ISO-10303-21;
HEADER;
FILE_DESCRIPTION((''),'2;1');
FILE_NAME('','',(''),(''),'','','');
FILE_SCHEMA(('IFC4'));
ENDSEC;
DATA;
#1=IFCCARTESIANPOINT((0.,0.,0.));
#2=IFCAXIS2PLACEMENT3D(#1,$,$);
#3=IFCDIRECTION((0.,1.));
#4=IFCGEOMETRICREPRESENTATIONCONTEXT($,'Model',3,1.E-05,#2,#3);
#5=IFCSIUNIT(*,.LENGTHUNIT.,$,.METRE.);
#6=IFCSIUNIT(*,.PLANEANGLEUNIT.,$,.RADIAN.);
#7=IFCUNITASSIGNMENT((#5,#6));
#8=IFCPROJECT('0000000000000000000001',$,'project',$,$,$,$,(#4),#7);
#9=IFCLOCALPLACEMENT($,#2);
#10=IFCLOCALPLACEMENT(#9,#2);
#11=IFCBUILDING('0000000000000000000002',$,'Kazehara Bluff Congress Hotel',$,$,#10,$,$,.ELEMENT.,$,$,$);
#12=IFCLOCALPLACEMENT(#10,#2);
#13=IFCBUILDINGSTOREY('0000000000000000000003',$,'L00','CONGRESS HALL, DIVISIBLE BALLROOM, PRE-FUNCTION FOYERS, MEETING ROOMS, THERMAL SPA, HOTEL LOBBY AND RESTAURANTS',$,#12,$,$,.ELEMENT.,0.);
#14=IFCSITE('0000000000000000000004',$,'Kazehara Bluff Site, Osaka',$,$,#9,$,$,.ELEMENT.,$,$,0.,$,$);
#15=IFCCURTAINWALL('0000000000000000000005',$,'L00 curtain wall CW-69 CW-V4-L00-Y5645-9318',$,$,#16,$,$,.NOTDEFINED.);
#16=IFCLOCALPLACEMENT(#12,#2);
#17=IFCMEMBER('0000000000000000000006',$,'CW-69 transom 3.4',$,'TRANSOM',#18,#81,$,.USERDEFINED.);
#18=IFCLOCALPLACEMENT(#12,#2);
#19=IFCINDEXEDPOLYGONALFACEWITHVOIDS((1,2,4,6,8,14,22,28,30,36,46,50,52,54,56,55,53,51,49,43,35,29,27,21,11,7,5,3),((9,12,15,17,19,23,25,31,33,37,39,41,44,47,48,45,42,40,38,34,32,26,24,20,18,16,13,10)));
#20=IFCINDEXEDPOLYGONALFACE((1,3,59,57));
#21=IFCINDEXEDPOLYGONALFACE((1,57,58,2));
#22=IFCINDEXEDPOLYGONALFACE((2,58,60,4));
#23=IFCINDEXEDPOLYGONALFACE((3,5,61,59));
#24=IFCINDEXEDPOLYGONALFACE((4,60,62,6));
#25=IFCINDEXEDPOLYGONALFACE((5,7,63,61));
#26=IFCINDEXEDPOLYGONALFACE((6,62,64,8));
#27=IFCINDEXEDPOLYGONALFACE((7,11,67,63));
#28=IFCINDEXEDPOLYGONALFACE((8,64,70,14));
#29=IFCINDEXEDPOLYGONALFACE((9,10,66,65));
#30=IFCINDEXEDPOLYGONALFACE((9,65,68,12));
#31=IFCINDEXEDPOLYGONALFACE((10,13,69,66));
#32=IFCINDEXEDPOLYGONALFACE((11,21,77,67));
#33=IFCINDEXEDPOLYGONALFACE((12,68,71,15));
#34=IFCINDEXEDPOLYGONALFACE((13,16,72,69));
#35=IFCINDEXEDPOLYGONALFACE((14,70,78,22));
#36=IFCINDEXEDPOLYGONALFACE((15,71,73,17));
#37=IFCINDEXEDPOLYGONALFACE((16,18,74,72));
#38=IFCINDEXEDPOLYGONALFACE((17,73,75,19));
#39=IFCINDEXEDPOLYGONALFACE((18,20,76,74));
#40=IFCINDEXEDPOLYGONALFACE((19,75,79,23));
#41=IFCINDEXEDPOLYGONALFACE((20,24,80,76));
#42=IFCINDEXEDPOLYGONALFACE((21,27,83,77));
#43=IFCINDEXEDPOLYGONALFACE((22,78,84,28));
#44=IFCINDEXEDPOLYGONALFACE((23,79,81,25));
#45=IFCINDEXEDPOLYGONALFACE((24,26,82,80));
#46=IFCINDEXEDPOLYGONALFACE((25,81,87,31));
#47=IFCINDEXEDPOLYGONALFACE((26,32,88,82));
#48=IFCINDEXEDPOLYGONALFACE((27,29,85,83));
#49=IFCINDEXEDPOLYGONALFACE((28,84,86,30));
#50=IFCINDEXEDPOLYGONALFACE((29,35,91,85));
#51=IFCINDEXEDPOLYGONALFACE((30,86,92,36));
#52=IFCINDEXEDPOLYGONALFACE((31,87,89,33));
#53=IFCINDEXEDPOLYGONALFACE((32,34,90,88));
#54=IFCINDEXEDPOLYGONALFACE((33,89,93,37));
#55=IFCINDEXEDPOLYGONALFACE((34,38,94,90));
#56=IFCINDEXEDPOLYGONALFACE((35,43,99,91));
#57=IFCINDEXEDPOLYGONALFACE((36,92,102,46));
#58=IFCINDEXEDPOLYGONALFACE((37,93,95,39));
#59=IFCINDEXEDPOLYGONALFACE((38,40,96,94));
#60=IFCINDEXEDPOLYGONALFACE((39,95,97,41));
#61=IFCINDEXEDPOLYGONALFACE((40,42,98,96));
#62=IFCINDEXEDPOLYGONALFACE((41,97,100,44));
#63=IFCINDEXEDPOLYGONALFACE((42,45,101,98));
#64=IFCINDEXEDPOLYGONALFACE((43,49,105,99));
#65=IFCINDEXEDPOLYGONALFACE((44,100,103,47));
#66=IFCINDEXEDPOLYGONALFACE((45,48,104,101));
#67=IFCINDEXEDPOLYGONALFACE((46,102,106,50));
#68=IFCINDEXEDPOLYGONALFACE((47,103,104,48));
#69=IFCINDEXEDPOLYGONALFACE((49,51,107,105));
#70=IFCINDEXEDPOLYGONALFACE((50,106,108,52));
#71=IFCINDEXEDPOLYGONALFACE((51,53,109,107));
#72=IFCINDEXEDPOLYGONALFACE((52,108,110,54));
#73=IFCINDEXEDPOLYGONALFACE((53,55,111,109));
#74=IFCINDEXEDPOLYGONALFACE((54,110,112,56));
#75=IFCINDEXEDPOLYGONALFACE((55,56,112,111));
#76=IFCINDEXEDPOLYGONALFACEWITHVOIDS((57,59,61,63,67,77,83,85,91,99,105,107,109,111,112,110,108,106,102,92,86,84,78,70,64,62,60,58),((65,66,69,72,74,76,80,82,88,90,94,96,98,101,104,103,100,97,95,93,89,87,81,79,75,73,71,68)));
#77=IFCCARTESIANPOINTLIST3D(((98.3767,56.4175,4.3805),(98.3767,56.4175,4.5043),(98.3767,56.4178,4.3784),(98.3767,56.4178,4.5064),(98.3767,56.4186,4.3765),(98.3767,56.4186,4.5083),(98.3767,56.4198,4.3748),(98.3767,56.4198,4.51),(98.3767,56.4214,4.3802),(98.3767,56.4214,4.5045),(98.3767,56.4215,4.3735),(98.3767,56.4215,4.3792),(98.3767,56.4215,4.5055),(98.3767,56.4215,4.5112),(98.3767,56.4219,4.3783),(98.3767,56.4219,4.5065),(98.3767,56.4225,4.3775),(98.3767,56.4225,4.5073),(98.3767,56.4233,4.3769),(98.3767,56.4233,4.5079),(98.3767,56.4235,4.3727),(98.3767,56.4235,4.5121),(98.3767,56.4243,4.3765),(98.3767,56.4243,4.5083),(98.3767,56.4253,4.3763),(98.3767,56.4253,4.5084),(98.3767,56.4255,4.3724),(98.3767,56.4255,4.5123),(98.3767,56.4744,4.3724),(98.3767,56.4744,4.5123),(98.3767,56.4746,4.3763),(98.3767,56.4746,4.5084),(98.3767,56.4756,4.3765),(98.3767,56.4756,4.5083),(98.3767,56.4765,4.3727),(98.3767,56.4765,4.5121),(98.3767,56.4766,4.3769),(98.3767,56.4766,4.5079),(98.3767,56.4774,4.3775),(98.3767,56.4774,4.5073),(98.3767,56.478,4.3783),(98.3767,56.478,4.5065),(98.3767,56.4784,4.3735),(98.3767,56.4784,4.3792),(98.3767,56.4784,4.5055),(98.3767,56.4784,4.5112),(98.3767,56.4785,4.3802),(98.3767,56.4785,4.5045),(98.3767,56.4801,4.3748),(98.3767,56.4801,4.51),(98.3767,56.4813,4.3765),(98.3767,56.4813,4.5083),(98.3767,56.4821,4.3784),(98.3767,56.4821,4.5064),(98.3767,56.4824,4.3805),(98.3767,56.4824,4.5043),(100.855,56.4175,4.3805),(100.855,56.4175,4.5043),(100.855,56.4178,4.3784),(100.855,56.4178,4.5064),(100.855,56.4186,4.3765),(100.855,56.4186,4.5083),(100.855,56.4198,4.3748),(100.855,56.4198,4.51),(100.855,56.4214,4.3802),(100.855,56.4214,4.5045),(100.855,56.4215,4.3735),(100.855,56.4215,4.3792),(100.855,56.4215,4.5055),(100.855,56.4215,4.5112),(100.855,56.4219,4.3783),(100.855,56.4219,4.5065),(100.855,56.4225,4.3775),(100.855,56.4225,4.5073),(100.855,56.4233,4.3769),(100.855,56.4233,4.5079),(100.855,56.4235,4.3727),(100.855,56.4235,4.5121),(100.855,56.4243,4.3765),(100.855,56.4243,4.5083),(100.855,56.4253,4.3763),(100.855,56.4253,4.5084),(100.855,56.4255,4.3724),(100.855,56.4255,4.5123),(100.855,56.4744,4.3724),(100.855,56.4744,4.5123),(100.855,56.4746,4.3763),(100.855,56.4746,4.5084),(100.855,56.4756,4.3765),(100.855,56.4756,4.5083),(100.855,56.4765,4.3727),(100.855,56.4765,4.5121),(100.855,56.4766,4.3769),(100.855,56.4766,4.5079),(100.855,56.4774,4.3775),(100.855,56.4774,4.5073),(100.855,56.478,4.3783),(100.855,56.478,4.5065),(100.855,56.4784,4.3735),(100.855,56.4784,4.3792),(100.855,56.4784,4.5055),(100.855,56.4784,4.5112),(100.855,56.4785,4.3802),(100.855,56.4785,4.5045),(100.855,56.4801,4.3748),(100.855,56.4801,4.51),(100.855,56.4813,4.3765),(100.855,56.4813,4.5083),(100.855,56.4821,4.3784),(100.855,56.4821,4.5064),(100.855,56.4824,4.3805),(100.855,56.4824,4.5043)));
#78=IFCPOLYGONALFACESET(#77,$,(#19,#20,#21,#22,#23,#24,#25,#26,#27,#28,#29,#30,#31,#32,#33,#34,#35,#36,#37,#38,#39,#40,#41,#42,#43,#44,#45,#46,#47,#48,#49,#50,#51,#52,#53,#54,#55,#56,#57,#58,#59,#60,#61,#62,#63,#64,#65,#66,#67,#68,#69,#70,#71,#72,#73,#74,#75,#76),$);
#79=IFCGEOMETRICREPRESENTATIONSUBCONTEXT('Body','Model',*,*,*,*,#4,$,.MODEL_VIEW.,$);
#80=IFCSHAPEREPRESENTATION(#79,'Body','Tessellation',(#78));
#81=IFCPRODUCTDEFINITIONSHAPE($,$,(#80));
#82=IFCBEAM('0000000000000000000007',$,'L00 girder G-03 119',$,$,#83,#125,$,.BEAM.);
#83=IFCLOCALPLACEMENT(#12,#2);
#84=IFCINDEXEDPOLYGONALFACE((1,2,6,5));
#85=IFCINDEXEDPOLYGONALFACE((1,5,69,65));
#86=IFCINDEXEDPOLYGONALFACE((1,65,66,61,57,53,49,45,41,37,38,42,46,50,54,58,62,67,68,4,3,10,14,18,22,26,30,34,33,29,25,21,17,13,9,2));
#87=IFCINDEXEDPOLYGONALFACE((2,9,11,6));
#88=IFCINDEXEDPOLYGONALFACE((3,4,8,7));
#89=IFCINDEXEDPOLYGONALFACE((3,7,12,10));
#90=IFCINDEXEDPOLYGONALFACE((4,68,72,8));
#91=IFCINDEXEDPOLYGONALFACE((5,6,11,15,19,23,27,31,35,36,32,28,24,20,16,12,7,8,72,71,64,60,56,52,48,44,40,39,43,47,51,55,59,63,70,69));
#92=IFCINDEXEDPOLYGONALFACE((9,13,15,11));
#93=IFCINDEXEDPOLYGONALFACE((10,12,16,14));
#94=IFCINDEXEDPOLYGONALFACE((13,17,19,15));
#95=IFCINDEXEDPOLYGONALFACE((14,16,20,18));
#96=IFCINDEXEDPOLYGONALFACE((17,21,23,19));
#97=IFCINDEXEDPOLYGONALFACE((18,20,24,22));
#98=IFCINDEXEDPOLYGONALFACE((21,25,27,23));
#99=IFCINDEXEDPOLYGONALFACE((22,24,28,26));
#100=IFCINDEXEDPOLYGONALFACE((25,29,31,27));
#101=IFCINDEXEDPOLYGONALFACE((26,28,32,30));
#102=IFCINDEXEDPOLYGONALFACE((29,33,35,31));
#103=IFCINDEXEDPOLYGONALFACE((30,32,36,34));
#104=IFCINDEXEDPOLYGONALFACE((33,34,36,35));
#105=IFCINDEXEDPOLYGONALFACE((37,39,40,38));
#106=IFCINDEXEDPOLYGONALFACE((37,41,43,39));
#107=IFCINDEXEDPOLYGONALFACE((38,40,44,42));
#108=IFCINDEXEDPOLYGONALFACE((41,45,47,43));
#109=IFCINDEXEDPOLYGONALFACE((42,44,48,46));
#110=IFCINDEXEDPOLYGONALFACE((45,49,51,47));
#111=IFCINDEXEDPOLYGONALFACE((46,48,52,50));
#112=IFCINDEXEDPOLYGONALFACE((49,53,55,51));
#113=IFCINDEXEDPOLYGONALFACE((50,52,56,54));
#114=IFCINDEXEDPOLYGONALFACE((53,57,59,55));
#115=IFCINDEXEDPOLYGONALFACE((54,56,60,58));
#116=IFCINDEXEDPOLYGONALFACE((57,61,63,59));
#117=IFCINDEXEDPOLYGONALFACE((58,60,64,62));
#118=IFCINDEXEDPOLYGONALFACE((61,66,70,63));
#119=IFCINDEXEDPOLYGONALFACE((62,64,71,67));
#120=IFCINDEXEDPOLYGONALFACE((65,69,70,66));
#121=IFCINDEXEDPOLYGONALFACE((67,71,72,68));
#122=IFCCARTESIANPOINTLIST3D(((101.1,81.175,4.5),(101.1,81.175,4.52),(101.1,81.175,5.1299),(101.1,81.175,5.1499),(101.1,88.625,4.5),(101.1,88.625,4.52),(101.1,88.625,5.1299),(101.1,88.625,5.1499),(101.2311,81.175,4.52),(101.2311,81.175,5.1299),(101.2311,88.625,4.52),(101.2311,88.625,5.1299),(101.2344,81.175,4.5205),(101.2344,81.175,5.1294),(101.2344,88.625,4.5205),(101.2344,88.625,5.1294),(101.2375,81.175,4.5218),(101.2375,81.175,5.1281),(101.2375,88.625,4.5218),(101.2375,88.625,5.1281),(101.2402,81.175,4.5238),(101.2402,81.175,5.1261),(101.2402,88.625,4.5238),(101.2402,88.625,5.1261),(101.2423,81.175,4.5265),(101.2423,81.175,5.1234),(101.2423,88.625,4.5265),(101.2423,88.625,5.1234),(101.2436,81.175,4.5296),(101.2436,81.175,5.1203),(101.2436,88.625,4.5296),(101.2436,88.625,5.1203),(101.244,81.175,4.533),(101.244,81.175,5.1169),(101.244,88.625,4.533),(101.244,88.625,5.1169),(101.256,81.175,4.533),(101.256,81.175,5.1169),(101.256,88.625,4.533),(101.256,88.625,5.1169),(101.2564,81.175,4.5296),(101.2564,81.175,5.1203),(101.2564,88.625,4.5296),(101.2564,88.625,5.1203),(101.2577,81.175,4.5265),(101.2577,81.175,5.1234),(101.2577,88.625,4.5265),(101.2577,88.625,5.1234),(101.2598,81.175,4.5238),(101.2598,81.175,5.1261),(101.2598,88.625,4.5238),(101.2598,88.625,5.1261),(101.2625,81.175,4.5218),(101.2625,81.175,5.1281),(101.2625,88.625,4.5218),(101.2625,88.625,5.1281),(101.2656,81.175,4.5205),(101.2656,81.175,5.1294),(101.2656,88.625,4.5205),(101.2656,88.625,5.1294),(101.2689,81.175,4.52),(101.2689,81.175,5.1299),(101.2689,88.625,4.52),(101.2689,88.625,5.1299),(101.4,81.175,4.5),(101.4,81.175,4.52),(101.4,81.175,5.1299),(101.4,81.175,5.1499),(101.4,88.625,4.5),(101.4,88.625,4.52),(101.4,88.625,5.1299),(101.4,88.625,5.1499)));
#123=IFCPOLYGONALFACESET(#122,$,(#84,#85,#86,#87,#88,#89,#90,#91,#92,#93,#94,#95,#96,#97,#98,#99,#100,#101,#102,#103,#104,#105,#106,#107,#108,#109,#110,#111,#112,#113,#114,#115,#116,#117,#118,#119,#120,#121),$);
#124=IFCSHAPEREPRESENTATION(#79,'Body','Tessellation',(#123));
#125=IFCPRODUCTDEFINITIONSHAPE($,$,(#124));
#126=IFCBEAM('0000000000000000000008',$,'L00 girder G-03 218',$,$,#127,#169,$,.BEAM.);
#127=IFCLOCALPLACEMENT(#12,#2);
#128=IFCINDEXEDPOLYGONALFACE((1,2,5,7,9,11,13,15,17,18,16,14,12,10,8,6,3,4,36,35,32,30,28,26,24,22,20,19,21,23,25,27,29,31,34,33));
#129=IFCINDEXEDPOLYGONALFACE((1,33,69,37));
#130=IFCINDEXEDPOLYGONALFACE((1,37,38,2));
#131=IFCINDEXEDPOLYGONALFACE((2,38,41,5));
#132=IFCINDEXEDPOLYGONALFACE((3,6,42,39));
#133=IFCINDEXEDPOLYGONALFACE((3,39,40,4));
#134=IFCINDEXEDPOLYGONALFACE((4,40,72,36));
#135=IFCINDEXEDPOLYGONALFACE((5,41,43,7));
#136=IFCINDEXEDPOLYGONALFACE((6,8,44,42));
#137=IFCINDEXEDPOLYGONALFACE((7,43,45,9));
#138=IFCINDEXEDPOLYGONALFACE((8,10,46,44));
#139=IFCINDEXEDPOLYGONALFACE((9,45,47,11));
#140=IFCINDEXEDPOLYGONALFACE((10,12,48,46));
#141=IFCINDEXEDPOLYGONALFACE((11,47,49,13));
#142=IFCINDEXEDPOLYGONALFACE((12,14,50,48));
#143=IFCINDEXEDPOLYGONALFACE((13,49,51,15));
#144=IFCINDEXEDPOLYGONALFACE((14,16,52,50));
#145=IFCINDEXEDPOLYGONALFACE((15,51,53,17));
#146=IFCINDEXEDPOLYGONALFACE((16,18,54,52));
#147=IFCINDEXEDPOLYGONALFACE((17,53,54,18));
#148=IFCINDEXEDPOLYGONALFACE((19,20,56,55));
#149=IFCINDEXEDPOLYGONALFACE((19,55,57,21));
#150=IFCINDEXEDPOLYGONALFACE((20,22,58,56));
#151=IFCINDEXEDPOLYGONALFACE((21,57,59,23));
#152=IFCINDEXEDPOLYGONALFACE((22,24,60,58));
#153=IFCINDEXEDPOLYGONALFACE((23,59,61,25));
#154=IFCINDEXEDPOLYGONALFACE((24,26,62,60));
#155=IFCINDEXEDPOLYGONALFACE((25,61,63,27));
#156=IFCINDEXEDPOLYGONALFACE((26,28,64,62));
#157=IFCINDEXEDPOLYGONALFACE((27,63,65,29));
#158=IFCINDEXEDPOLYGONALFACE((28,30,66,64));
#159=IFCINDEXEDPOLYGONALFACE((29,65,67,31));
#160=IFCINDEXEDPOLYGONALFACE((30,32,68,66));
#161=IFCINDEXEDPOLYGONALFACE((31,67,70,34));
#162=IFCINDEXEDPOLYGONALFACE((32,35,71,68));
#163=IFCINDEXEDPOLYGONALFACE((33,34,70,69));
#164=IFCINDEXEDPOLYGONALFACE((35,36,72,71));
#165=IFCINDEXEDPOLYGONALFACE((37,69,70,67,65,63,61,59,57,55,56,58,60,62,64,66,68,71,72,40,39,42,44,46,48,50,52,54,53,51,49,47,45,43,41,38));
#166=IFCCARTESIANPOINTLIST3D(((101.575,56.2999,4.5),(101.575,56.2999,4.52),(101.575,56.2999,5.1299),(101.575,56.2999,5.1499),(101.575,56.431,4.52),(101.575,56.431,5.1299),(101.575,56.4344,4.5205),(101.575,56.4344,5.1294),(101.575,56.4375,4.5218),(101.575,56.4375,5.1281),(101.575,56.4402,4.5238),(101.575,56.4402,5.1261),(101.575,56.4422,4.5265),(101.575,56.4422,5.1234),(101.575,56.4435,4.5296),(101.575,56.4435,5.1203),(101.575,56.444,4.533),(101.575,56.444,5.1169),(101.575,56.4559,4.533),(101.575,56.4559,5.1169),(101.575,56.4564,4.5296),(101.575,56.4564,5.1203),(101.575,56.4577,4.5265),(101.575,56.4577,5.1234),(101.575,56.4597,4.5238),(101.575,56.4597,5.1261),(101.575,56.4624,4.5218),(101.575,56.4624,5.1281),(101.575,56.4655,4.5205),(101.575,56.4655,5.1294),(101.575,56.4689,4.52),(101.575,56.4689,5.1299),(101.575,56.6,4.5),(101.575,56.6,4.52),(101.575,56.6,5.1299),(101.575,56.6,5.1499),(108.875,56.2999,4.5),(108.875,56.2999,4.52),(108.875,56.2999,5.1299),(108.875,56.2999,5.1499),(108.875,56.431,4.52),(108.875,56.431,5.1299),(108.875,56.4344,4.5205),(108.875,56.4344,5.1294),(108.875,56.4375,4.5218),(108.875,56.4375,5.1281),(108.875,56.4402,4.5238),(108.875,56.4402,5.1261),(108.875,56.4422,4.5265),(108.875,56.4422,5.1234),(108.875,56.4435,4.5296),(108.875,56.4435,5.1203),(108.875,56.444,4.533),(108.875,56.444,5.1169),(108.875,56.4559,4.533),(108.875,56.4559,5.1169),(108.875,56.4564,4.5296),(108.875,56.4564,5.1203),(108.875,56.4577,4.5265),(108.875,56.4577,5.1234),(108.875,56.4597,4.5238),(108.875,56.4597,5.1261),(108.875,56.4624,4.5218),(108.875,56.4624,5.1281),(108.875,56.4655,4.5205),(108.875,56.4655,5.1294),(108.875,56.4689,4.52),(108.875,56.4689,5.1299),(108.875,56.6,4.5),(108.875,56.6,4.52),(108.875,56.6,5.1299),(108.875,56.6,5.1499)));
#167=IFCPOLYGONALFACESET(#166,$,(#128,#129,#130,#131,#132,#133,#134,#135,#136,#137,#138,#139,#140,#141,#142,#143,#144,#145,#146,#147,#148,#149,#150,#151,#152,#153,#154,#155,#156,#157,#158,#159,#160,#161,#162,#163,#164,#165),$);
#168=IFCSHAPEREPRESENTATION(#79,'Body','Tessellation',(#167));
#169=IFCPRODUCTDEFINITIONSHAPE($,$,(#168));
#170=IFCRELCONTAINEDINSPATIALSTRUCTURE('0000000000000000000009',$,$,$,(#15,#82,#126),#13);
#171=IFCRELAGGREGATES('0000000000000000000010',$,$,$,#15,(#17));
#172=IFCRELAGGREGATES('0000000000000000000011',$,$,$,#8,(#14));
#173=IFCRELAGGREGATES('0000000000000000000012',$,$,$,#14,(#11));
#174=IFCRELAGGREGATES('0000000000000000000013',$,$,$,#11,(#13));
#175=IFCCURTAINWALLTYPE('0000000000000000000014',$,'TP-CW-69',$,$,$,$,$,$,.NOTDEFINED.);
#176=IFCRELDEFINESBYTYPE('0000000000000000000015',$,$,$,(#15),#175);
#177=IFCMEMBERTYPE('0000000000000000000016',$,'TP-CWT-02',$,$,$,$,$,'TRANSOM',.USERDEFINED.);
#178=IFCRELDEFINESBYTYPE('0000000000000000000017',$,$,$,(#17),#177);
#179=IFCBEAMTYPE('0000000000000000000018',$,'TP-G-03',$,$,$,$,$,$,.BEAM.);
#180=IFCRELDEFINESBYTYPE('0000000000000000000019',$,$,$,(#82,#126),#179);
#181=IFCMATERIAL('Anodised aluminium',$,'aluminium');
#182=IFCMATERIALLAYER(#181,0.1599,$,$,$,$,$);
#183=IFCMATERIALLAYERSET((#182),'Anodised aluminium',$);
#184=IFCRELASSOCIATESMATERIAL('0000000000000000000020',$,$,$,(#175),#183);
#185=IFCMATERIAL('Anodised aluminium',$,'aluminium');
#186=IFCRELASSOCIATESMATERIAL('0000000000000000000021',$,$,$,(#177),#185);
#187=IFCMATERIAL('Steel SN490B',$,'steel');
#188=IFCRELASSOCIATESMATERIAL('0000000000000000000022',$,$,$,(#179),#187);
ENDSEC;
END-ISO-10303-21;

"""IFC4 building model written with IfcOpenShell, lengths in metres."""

from ifc_helpers import new_model, si_unit, direction, frame, origin, origin_2d, place, context, subcontext, project, spatial, hollow_rectangle, i_section, extrude, material, layer, layer_set, material_profile, profile_set, type_object, element, aggregate, save


model = new_model("IFC4")

# Units and contexts
model_context = context("Model", 3, precision=1e-05, world=origin(), true_north=direction((0.0, 1.0)))
body_context = subcontext(model_context, "Body", "Model", "MODEL_VIEW")
ifc_project = project(units=[si_unit("LENGTHUNIT", "METRE"), si_unit("PLANEANGLEUNIT", "RADIAN")], contexts=[model_context])

# Site, building, storey
site_placement = place(None, origin())
site = spatial("IfcSite", under=ifc_project, at=site_placement, Name="Kazehara Bluff Site, Osaka", CompositionType="ELEMENT", RefElevation=0.0)
building_placement = place(site_placement, origin())
building = spatial("IfcBuilding", under=site, at=building_placement, Name="Kazehara Bluff Congress Hotel", CompositionType="ELEMENT")
storey_placement = place(building_placement, origin())
storey = spatial("IfcBuildingStorey", under=building, at=storey_placement, Name="L00", Description="CONGRESS HALL, DIVISIBLE BALLROOM, PRE-FUNCTION FOYERS, MEETING ROOMS, THERMAL SPA, HOTEL LOBBY AND RESTAURANTS", CompositionType="ELEMENT", Elevation=0.0)

# Curtain wall
ifc_material_1 = material(Name="Anodised aluminium", Category="aluminium")
ifc_layer_1 = layer(ifc_material_1, 0.1599)
ifc_layer_set_1 = layer_set([ifc_layer_1], Name="Anodised aluminium")
curtain_wall_type_1 = type_object("IfcCurtainWallType", Name="TP-CW-69", PredefinedType="NOTDEFINED", material=ifc_layer_set_1)
curtain_wall_1_placement = place(storey_placement, origin())
curtain_wall_1 = element("IfcCurtainWall", 1, at=curtain_wall_1_placement, inside=storey, type_object=curtain_wall_type_1, Name="L00 curtain wall CW-69 CW-V4-L00-Y5645-9318", PredefinedType="NOTDEFINED")

# Member
ifc_material_2 = material(Name="Anodised aluminium", Category="aluminium")
ifc_material_profile_1 = material_profile(ifc_material_2, hollow_rectangle(XDim=0.0649, YDim=0.1399, WallThickness=0.0039, InnerFilletRadius=0.0039, OuterFilletRadius=0.0081, at=origin_2d()))
ifc_profile_set_1 = profile_set([ifc_material_profile_1], Name="Anodised aluminium")
member_type_1 = type_object("IfcMemberType", Name="TP-CWT-02", ElementType="TRANSOM", PredefinedType="USERDEFINED", material=ifc_profile_set_1)
member_1_placement = place(storey_placement, frame((98.3767, 56.45, 4.4424), z_axis=(1.0, 0.0, 0.0), x_axis=(0.0, 1.0, 0.0)))
member_1 = element("IfcMember", 2, at=member_1_placement, type_object=member_type_1, Name="CW-69 transom 3.4", ObjectType="TRANSOM", PredefinedType="USERDEFINED", context=body_context, shape_type="SweptSolid", body=[
    extrude(hollow_rectangle(XDim=0.0649, YDim=0.1399, WallThickness=0.0039, InnerFilletRadius=0.0039, OuterFilletRadius=0.0081, at=origin_2d()), origin(), (0.0, 0.0, 1.0), 2.4783),
])

# Beams
ifc_material_3 = material(Name="Steel SN490B", Category="steel")
ifc_material_profile_2 = material_profile(ifc_material_3, i_section(OverallWidth=0.3, OverallDepth=0.6499, WebThickness=0.012, FlangeThickness=0.02, FilletRadius=0.0129, at=origin_2d()))
ifc_profile_set_2 = profile_set([ifc_material_profile_2], Name="Steel SN490B")
beam_type_1 = type_object("IfcBeamType", Name="TP-G-03", PredefinedType="BEAM", material=ifc_profile_set_2)
beam_1_placement = place(storey_placement, frame((101.25, 81.175, 4.825), z_axis=(0.0, 1.0, 0.0), x_axis=(-1.0, 0.0, 0.0)))
element("IfcBeam", 3, at=beam_1_placement, inside=storey, type_object=beam_type_1, Name="L00 girder G-03 119", PredefinedType="BEAM", context=body_context, shape_type="SweptSolid", body=[
    extrude(i_section(OverallWidth=0.3, OverallDepth=0.6499, WebThickness=0.012, FlangeThickness=0.02, FilletRadius=0.0129, at=origin_2d()), origin(), (0.0, 0.0, 1.0), 7.45),
])
beam_2_placement = place(storey_placement, frame((101.575, 56.45, 4.825), z_axis=(1.0, 0.0, 0.0), x_axis=(0.0, 1.0, 0.0)))
element("IfcBeam", 4, at=beam_2_placement, inside=storey, type_object=beam_type_1, Name="L00 girder G-03 218", PredefinedType="BEAM", context=body_context, shape_type="SweptSolid", body=[
    extrude(i_section(OverallWidth=0.3, OverallDepth=0.6499, WebThickness=0.012, FlangeThickness=0.02, FilletRadius=0.0129, at=origin_2d()), origin(), (0.0, 0.0, 1.0), 7.3),
])

aggregate(curtain_wall_1, [member_1])

save(model, "model.ifc")
